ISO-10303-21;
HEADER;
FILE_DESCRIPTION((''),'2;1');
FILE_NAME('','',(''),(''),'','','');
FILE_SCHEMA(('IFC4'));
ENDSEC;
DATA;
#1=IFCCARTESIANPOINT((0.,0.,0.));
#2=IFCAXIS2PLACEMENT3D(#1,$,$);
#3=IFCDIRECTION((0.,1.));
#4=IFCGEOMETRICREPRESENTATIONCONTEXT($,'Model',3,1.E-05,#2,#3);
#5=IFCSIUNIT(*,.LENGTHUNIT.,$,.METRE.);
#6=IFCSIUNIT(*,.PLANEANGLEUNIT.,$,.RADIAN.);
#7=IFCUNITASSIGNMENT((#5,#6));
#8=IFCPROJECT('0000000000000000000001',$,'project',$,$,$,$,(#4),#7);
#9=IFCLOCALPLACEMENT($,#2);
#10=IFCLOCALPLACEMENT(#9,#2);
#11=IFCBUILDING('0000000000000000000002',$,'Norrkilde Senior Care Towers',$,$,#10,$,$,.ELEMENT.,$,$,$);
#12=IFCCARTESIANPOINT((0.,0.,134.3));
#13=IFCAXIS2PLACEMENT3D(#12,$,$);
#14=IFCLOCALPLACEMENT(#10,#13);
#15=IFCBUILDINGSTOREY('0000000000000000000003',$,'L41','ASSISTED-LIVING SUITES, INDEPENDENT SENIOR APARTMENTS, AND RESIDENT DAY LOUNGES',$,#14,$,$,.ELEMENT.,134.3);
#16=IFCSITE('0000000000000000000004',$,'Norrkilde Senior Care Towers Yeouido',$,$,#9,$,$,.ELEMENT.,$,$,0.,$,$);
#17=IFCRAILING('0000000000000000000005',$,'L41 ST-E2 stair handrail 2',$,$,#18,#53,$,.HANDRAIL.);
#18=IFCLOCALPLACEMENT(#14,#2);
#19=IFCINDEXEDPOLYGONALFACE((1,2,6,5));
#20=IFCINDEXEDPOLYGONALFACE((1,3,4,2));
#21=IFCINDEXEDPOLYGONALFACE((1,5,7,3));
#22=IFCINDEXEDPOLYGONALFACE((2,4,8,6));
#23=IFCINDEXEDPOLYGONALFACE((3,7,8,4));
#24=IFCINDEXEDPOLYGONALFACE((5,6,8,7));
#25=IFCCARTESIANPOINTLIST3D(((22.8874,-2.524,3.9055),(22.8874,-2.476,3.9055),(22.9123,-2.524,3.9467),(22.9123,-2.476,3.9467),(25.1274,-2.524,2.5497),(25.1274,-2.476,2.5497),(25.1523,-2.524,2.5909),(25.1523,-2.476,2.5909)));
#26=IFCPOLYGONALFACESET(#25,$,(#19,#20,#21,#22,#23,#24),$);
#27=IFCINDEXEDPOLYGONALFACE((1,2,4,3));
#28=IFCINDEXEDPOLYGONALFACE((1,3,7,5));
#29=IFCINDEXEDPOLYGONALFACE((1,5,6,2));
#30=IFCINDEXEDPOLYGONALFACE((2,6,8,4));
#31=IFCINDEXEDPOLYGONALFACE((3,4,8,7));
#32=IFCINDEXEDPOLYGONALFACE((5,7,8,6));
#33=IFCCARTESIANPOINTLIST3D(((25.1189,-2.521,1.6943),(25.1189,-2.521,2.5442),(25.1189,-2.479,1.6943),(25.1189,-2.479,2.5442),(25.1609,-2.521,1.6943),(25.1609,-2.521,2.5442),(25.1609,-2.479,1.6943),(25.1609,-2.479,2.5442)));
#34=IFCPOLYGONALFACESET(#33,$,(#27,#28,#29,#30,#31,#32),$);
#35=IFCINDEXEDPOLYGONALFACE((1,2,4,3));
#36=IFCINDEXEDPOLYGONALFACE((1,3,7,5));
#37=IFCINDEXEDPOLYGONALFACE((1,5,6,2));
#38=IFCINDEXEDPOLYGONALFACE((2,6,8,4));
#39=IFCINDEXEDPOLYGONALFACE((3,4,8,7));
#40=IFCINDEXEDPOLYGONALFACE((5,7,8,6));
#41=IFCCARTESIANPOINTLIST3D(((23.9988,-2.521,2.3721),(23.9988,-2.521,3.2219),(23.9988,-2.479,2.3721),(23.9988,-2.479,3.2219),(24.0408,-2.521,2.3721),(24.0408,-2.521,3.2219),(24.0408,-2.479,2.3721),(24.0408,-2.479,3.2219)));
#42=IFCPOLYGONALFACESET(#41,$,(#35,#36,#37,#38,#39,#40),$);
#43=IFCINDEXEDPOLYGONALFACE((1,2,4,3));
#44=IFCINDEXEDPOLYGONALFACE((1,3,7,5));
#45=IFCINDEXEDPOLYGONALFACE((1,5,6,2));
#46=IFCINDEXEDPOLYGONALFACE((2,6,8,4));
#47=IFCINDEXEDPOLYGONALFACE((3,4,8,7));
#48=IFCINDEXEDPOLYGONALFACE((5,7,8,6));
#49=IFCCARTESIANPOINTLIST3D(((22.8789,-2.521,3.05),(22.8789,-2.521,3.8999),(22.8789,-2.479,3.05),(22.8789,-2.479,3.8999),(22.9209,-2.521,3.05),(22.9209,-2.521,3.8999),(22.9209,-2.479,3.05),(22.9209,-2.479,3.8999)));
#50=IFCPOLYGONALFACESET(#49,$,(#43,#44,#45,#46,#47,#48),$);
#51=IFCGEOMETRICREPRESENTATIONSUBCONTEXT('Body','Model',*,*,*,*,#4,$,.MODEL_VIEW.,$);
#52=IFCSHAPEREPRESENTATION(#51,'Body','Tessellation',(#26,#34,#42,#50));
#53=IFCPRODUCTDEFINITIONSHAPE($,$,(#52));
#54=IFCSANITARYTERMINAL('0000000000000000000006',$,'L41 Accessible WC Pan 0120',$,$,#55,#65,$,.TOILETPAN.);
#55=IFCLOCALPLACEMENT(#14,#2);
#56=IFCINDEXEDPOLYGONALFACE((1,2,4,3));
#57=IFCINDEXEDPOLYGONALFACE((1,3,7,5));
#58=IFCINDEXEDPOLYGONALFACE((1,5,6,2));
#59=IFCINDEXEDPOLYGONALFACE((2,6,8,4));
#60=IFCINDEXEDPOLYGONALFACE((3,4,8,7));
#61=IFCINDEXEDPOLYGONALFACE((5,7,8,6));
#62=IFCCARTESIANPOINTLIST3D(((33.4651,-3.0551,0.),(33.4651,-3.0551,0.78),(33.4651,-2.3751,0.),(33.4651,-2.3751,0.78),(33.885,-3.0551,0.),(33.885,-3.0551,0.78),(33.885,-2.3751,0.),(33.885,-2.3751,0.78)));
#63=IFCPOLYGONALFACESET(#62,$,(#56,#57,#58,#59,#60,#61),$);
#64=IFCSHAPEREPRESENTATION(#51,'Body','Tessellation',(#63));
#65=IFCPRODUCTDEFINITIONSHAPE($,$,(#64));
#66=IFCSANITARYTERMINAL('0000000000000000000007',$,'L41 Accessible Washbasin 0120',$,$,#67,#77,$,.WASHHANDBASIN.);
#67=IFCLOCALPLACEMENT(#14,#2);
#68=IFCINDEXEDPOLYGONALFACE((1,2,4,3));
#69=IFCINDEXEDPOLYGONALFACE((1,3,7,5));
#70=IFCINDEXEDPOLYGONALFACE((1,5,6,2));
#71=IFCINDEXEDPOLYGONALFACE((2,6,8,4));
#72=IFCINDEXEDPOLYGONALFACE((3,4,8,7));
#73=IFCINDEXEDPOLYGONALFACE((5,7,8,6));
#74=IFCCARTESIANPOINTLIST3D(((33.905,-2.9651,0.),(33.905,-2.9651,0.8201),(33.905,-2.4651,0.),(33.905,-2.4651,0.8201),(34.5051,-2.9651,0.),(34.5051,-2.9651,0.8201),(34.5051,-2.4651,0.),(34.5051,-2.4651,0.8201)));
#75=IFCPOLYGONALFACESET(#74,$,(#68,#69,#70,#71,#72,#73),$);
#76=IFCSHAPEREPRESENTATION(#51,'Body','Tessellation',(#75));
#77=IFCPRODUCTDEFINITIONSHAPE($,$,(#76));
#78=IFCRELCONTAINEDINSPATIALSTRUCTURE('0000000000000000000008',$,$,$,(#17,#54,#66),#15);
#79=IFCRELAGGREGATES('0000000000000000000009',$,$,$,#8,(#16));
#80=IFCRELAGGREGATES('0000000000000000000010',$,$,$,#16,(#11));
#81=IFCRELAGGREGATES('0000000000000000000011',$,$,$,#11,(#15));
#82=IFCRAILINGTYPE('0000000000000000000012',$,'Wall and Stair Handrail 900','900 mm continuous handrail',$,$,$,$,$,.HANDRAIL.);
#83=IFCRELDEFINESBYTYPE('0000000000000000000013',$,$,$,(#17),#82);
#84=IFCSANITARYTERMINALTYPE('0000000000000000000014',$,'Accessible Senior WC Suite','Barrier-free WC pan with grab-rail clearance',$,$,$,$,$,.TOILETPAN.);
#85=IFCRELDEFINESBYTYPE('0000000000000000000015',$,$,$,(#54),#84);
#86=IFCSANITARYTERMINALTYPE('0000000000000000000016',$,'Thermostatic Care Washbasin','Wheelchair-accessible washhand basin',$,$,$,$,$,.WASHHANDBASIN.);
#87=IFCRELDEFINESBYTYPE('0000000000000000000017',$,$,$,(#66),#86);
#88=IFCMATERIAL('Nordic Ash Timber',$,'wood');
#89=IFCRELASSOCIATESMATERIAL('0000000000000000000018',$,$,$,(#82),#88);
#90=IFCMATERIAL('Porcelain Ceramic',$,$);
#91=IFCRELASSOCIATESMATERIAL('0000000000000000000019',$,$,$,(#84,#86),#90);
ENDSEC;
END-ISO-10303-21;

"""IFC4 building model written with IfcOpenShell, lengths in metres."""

from ifc_helpers import new_model, si_unit, direction, frame, origin, origin_2d, place, context, subcontext, project, spatial, rectangle, extrude, source, transform, mapped, material, type_object, type_shapes, element, save


model = new_model("IFC4")

# Units and contexts
model_context = context("Model", 3, precision=1e-05, world=origin(), true_north=direction((0.0, 1.0)))
body_context = subcontext(model_context, "Body", "Model", "MODEL_VIEW")
ifc_project = project(units=[si_unit("LENGTHUNIT", "METRE"), si_unit("PLANEANGLEUNIT", "RADIAN")], contexts=[model_context])

# Site, building, storey
site_placement = place(None, origin())
site = spatial("IfcSite", under=ifc_project, at=site_placement, Name="Norrkilde Senior Care Towers Yeouido", CompositionType="ELEMENT", RefElevation=0.0)
building_placement = place(site_placement, origin())
building = spatial("IfcBuilding", under=site, at=building_placement, Name="Norrkilde Senior Care Towers", CompositionType="ELEMENT")
storey_placement = place(building_placement, frame((0.0, 0.0, 134.3)))
storey = spatial("IfcBuildingStorey", under=building, at=storey_placement, Name="L41", Description="ASSISTED-LIVING SUITES, INDEPENDENT SENIOR APARTMENTS, AND RESIDENT DAY LOUNGES", CompositionType="ELEMENT", Elevation=134.3)

# Shared definitions
ifc_material_1 = material(Name="Nordic Ash Timber", Category="wood")

# Railing
railing_type_1 = type_object("IfcRailingType", Name="Wall and Stair Handrail 900", Description="900 mm continuous handrail", PredefinedType="HANDRAIL", material=ifc_material_1)
railing_1_placement = place(storey_placement, frame((25.1399, -2.5, 1.6943)))
element("IfcRailing", 1, at=railing_1_placement, inside=storey, type_object=railing_type_1, Name="L41 ST-E2 stair handrail 2", PredefinedType="HANDRAIL", context=body_context, shape_type="SweptSolid", body=[
    extrude(rectangle(XDim=0.0481, YDim=0.0481, at=origin_2d()), frame((0.0, 0.0, 0.876), z_axis=(-0.855512, 0.0, 0.517783), x_axis=(0.0, -1.0, 0.0)), (0.0, 0.0, 1.0), 2.6184),
    extrude(rectangle(XDim=0.042, YDim=0.042, at=origin_2d()), origin(), (0.0, 0.0, 1.0), 0.8499),
    extrude(rectangle(XDim=0.042, YDim=0.042, at=origin_2d()), frame((-1.1201, 0.0, 0.6777)), (0.0, 0.0, 1.0), 0.8499),
    extrude(rectangle(XDim=0.042, YDim=0.042, at=origin_2d()), frame((-2.24, 0.0, 1.3557)), (0.0, 0.0, 1.0), 0.8499),
])

# Sanitary terminals
ifc_material_2 = material(Name="Porcelain Ceramic")
sanitary_terminal_type_1 = type_object("IfcSanitaryTerminalType", Name="Accessible Senior WC Suite", Description="Barrier-free WC pan with grab-rail clearance", PredefinedType="TOILETPAN", material=ifc_material_2)
shared_shape_1 = source(origin(), body_context, "Body", "SweptSolid", [
    extrude(rectangle(XDim=0.4199, YDim=0.6799, at=origin_2d()), origin(), (0.0, 0.0, 1.0), 0.78),
])
type_shapes(sanitary_terminal_type_1, [shared_shape_1])
sanitary_terminal_1_placement = place(storey_placement, frame((33.675, -2.7151, 0.0), z_axis=(0.0, 0.0, 1.0), x_axis=(1.0, 0.0, 0.0)))
element("IfcSanitaryTerminal", 2, at=sanitary_terminal_1_placement, inside=storey, type_object=sanitary_terminal_type_1, Name="L41 Accessible WC Pan 0120", PredefinedType="TOILETPAN", context=body_context, shape_type="MappedRepresentation", body=[
    mapped(shared_shape_1, transform((0.0, 0.0, 0.0), x_axis=(1.0, 0.0, 0.0), y_axis=(0.0, 1.0, 0.0), z_axis=(0.0, 0.0, 1.0), scale=1.0)),
])
sanitary_terminal_type_2 = type_object("IfcSanitaryTerminalType", Name="Thermostatic Care Washbasin", Description="Wheelchair-accessible washhand basin", PredefinedType="WASHHANDBASIN", material=ifc_material_2)
shared_shape_2 = source(origin(), body_context, "Body", "SweptSolid", [
    extrude(rectangle(XDim=0.6001, YDim=0.5, at=origin_2d()), origin(), (0.0, 0.0, 1.0), 0.8201),
])
type_shapes(sanitary_terminal_type_2, [shared_shape_2])
sanitary_terminal_2_placement = place(storey_placement, frame((34.2051, -2.7151, 0.0), z_axis=(0.0, 0.0, 1.0), x_axis=(1.0, 0.0, 0.0)))
element("IfcSanitaryTerminal", 3, at=sanitary_terminal_2_placement, inside=storey, type_object=sanitary_terminal_type_2, Name="L41 Accessible Washbasin 0120", PredefinedType="WASHHANDBASIN", context=body_context, shape_type="MappedRepresentation", body=[
    mapped(shared_shape_2, transform((0.0, 0.0, 0.0), x_axis=(1.0, 0.0, 0.0), y_axis=(0.0, 1.0, 0.0), z_axis=(0.0, 0.0, 1.0), scale=1.0)),
])

save(model, "model.ifc")
